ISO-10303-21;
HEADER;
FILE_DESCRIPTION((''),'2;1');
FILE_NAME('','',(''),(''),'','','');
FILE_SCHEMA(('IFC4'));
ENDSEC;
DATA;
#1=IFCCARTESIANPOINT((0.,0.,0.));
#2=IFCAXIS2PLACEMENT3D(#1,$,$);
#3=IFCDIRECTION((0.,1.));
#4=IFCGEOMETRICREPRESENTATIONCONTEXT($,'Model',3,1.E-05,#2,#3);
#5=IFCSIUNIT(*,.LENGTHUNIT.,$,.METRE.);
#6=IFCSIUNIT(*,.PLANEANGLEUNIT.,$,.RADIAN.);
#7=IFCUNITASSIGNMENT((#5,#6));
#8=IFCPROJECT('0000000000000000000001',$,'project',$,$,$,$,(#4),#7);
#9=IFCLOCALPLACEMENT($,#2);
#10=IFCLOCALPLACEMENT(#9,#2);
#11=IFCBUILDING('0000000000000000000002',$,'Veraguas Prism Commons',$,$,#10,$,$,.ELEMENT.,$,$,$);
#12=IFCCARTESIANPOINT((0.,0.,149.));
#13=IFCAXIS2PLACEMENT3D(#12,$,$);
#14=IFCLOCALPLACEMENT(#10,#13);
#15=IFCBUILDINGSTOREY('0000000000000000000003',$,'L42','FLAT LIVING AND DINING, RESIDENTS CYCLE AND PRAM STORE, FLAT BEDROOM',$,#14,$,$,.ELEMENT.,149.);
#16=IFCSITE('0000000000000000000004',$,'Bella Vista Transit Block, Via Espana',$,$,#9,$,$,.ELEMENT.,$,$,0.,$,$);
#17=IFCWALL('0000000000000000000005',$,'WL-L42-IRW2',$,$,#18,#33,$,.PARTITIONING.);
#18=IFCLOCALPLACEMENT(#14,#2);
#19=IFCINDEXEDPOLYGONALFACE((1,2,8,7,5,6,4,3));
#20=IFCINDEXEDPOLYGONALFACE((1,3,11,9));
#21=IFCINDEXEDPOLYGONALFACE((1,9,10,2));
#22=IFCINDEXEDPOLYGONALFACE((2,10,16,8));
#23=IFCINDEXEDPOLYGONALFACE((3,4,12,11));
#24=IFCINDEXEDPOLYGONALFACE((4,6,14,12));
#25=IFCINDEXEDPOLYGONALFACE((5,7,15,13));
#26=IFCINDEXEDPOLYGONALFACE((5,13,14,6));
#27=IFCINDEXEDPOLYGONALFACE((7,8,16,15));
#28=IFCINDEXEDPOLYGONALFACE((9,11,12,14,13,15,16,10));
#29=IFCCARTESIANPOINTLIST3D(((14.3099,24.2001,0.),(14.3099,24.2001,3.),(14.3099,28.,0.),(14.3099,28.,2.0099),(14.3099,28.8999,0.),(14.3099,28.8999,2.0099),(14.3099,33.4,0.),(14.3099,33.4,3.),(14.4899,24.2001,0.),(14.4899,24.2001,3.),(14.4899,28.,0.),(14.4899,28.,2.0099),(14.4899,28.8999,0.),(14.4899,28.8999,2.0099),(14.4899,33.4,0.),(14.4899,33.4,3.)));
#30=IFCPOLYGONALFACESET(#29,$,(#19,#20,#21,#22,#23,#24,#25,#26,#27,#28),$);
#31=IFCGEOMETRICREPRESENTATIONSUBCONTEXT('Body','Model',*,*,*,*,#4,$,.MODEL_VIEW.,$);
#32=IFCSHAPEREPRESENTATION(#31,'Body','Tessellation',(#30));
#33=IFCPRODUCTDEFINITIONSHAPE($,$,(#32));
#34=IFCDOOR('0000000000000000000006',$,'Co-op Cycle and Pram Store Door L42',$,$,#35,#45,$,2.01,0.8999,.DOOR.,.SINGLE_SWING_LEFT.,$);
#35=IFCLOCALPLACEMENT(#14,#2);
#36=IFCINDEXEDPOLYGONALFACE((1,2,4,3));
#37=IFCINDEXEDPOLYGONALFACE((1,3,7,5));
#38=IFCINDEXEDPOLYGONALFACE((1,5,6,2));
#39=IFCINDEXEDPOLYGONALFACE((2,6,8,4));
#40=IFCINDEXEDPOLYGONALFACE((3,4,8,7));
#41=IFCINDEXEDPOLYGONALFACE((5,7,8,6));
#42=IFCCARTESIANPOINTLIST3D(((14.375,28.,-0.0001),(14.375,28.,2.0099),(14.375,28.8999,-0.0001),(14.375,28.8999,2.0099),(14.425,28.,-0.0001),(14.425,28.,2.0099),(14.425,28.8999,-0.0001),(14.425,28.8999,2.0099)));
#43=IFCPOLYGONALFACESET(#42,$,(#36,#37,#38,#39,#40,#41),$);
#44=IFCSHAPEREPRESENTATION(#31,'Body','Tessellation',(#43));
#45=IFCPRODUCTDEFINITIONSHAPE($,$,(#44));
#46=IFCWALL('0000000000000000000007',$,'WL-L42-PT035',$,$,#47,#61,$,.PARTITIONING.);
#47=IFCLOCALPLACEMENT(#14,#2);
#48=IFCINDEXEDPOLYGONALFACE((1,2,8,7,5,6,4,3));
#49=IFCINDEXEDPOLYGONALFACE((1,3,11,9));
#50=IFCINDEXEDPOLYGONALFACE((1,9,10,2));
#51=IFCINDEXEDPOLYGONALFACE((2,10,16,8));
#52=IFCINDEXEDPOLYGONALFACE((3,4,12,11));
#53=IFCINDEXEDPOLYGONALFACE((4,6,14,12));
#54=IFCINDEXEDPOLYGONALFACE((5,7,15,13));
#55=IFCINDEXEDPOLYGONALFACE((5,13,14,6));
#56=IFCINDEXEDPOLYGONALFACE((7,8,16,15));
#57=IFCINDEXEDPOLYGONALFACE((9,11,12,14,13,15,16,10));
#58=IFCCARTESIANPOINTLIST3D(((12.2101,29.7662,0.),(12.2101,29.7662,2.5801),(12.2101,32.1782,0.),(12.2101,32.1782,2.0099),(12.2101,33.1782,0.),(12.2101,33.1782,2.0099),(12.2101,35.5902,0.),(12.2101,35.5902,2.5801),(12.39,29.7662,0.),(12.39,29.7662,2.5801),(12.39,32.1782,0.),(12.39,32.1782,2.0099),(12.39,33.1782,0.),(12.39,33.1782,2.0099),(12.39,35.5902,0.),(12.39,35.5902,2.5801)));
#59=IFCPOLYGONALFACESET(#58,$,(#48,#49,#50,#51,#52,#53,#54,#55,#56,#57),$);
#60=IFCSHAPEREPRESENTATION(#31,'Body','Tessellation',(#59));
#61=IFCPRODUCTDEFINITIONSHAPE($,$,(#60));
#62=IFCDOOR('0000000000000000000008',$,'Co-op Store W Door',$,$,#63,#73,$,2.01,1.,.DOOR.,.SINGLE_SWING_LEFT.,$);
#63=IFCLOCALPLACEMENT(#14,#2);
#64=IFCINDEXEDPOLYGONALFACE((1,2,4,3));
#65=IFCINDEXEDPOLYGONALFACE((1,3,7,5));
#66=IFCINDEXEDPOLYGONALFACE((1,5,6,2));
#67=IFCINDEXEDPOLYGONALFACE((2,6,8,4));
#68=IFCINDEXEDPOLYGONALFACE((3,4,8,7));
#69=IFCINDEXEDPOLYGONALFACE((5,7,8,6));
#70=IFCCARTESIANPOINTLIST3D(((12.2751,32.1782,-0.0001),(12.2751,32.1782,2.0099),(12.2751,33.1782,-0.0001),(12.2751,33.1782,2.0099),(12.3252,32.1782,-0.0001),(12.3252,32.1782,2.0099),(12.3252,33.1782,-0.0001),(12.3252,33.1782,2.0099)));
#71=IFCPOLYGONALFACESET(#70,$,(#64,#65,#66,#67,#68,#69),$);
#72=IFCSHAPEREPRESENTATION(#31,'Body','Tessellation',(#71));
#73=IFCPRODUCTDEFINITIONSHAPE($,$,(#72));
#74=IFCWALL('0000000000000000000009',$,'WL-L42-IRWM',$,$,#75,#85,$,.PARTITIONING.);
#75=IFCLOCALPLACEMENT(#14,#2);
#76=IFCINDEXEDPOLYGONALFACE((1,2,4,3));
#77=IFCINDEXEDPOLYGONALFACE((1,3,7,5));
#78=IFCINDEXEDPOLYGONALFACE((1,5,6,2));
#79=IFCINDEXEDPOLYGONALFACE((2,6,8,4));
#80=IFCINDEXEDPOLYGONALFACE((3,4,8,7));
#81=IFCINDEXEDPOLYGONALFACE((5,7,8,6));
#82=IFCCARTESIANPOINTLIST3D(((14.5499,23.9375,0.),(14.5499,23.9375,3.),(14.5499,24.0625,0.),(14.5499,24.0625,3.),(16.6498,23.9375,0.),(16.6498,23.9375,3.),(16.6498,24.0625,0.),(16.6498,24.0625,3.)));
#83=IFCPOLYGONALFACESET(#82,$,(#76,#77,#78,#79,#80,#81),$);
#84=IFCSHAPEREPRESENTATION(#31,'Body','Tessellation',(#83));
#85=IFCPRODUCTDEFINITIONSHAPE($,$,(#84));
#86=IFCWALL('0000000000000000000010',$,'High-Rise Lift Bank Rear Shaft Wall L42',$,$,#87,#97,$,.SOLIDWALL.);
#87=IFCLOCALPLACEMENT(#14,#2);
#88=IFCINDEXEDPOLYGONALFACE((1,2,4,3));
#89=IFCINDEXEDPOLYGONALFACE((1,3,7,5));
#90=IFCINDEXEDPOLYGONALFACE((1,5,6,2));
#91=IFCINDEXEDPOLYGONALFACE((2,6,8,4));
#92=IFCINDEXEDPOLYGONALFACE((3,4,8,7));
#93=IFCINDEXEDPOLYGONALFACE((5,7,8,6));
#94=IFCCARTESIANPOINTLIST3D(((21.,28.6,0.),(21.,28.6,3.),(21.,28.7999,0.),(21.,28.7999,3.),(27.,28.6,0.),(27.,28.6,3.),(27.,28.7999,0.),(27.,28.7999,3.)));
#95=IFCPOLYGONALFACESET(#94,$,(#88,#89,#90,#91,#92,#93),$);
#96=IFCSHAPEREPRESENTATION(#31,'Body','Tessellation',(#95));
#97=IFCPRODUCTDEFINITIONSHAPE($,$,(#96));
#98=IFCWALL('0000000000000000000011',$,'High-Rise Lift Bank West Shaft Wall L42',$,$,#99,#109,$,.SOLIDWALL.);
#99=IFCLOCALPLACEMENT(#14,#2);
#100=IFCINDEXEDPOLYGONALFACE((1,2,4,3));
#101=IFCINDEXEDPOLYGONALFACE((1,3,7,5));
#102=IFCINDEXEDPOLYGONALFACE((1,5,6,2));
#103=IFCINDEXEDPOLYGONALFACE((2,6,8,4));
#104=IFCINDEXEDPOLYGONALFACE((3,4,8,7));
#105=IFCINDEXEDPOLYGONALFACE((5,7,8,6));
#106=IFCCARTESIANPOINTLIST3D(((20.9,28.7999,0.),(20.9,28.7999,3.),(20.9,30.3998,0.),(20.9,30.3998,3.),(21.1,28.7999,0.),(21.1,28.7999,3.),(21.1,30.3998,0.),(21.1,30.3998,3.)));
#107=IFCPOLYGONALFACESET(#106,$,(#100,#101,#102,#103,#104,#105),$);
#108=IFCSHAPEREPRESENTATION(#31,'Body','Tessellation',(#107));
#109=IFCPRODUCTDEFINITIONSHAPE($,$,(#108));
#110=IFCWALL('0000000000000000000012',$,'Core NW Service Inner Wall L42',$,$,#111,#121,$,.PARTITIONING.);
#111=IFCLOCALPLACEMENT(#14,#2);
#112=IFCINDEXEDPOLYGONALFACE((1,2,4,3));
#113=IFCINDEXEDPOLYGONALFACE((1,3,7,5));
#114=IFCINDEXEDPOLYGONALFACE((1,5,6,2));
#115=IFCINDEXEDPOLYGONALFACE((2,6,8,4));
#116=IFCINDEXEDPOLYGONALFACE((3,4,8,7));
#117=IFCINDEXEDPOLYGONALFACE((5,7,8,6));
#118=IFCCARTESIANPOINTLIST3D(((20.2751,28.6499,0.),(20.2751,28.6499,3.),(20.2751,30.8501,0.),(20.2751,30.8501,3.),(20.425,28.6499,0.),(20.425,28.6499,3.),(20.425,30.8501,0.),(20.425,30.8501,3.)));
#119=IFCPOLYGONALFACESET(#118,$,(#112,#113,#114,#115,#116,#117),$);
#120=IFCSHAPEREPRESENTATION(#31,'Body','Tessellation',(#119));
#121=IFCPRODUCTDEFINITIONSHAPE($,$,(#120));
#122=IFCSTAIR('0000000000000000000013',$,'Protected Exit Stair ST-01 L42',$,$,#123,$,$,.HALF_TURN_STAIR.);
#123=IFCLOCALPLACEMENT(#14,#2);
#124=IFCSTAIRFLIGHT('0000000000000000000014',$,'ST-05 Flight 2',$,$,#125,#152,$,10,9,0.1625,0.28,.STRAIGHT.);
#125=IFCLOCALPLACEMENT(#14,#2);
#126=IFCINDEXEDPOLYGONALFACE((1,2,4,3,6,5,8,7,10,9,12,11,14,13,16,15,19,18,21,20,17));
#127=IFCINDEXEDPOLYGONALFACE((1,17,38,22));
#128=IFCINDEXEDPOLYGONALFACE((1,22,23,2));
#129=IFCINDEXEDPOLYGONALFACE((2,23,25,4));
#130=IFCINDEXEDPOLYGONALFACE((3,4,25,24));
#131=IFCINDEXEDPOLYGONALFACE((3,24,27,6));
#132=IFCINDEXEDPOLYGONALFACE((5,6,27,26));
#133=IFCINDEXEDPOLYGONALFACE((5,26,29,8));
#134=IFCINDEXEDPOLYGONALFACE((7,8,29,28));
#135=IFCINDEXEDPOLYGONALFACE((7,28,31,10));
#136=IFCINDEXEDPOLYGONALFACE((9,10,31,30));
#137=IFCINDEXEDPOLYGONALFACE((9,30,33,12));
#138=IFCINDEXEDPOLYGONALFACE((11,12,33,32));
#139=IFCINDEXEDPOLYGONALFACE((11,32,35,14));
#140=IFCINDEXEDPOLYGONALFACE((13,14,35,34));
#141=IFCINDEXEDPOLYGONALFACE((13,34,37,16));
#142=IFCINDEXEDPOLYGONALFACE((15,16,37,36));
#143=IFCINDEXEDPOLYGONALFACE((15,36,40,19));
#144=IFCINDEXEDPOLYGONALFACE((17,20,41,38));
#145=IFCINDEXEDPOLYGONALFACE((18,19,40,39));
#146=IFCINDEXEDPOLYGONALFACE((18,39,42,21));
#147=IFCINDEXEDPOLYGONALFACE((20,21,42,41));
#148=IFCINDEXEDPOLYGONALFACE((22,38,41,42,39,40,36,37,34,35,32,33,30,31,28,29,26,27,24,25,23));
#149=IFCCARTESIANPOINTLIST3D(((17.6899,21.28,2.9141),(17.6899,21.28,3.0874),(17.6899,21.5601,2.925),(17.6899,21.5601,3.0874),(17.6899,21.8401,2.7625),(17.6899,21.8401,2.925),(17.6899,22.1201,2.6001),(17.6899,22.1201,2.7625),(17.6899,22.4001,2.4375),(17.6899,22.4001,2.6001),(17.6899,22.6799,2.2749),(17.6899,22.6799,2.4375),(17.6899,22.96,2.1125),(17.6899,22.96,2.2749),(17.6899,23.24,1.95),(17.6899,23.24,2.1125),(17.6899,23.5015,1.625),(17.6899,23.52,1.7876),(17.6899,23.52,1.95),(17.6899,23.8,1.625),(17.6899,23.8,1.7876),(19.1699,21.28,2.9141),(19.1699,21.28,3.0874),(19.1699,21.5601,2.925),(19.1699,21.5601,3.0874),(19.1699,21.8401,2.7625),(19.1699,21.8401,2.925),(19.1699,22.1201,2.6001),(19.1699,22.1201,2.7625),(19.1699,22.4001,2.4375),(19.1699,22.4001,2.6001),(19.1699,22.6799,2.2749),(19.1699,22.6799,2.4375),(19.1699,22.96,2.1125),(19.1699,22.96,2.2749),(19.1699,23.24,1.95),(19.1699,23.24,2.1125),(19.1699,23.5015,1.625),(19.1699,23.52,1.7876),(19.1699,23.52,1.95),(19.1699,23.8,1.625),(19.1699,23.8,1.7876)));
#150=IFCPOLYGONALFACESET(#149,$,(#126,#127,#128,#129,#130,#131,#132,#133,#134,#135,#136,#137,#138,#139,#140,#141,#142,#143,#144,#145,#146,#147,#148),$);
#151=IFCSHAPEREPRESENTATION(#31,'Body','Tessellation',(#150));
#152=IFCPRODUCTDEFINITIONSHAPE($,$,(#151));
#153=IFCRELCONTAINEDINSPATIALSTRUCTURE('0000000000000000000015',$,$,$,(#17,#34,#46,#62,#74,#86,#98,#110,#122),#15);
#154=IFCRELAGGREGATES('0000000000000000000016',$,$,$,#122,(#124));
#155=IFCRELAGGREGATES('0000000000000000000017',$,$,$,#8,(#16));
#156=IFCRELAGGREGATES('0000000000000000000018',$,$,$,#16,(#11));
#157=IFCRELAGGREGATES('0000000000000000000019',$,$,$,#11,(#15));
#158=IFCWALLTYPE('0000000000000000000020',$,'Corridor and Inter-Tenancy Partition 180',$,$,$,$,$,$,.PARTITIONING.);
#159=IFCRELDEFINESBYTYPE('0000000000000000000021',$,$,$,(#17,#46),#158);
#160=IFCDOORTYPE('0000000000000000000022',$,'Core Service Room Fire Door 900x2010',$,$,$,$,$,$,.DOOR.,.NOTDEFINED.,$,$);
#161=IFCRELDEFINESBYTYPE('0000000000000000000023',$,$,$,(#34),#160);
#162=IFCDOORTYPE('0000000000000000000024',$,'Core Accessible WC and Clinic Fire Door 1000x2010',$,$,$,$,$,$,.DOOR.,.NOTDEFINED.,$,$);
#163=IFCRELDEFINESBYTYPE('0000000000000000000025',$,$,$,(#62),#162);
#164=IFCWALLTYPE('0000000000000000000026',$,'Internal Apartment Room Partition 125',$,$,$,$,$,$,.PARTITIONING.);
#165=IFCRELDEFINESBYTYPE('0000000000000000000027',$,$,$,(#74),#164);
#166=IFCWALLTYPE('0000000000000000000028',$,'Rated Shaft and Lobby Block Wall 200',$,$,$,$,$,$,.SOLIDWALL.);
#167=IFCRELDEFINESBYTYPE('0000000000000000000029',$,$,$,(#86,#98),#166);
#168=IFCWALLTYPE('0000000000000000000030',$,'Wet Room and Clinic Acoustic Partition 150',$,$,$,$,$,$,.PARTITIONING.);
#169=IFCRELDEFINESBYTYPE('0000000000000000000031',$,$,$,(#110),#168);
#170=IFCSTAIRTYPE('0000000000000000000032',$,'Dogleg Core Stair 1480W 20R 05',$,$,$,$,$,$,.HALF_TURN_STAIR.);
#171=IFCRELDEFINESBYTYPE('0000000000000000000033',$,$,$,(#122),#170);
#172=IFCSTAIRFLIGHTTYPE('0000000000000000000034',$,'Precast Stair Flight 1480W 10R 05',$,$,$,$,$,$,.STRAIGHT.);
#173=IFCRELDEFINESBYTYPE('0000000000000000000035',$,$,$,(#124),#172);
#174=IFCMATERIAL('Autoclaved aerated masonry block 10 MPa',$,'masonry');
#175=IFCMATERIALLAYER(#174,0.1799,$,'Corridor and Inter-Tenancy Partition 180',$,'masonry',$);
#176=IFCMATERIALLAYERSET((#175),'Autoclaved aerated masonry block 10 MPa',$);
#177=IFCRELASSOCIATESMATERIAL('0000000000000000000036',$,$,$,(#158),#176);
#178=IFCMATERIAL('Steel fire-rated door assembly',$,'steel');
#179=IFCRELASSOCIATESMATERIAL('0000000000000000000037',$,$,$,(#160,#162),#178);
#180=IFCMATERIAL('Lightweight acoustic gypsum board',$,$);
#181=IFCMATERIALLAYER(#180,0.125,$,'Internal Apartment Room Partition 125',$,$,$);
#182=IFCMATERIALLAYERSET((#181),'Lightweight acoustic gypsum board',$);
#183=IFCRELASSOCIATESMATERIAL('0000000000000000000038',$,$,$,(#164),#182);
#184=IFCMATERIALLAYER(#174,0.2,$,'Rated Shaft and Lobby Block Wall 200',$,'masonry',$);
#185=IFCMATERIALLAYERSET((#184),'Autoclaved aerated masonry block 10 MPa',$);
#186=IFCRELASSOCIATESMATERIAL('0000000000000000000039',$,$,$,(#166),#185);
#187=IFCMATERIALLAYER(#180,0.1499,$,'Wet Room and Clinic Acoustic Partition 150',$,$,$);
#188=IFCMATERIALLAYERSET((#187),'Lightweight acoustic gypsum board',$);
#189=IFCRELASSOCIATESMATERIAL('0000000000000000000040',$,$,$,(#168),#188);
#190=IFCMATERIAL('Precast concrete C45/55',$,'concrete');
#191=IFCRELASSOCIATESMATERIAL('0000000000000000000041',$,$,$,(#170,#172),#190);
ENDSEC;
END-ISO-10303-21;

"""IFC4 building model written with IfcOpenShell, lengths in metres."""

from ifc_helpers import new_model, si_unit, direction, frame, frame_2d, origin, place, context, subcontext, project, spatial, polyline, rectangle, outline, extrude, source, transform, mapped, material, layer, layer_set, type_object, element, fill, aggregate, save


model = new_model("IFC4")

# Units and contexts
model_context = context("Model", 3, precision=1e-05, world=origin(), true_north=direction((0.0, 1.0)))
body_context = subcontext(model_context, "Body", "Model", "MODEL_VIEW")
ifc_project = project(units=[si_unit("LENGTHUNIT", "METRE"), si_unit("PLANEANGLEUNIT", "RADIAN")], contexts=[model_context])

# Site, building, storey
site_placement = place(None, origin())
site = spatial("IfcSite", under=ifc_project, at=site_placement, Name="Bella Vista Transit Block, Via Espana", CompositionType="ELEMENT", RefElevation=0.0)
building_placement = place(site_placement, origin())
building = spatial("IfcBuilding", under=site, at=building_placement, Name="Veraguas Prism Commons", CompositionType="ELEMENT")
storey_placement = place(building_placement, frame((0.0, 0.0, 149.0)))
storey = spatial("IfcBuildingStorey", under=building, at=storey_placement, Name="L42", Description="FLAT LIVING AND DINING, RESIDENTS CYCLE AND PRAM STORE, FLAT BEDROOM", CompositionType="ELEMENT", Elevation=149.0)

# Walls, openings, doors
ifc_material_1 = material(Name="Steel fire-rated door assembly", Category="steel")
ifc_material_2 = material(Name="Autoclaved aerated masonry block 10 MPa", Category="masonry")
ifc_layer_1 = layer(ifc_material_2, 0.1799, Name="Corridor and Inter-Tenancy Partition 180", Category="masonry")
ifc_layer_set_1 = layer_set([ifc_layer_1], Name="Autoclaved aerated masonry block 10 MPa")
wall_type_1 = type_object("IfcWallType", Name="Corridor and Inter-Tenancy Partition 180", PredefinedType="PARTITIONING", material=ifc_layer_set_1)
wall_1_placement = place(storey_placement, frame((14.3999, 24.2, 0.0), z_axis=(0.0, 0.0, 1.0), x_axis=(0.0, 1.0, 0.0)))
wall_1 = element("IfcWall", 1, at=wall_1_placement, inside=storey, type_object=wall_type_1, Name="WL-L42-IRW2", PredefinedType="PARTITIONING", context=body_context, shape_type="SweptSolid", body=[
    extrude(rectangle(XDim=9.2, YDim=0.1799, at=frame_2d((4.6001, 0.0))), origin(), (0.0, 0.0, 1.0), 3.0),
])
opening_1_placement = place(wall_1_placement, frame((3.8, 0.0, 0.0)))
opening_1 = element("IfcOpeningElement", 2, at=opening_1_placement, cuts=wall_1, PredefinedType="OPENING", context=body_context, shape_type="SweptSolid", body=[
    extrude(rectangle(XDim=0.8999, YDim=2.01, at=frame_2d((0.45, 1.0049))), frame((0.0, 0.0999, 0.0), z_axis=(0.0, -1.0, 0.0), x_axis=(1.0, 0.0, 0.0)), (0.0, 0.0, 1.0), 0.2),
])
door_type_1 = type_object("IfcDoorType", Name="Core Service Room Fire Door 900x2010", OperationType="NOTDEFINED", PredefinedType="DOOR", material=ifc_material_1)
shared_shape_1 = source(origin(), body_context, "Body", "SweptSolid", [
    extrude(rectangle(XDim=0.8999, YDim=2.01, at=frame_2d((0.45, 1.0049))), frame((0.0, 0.0249, 0.0), z_axis=(0.0, -1.0, 0.0), x_axis=(1.0, 0.0, 0.0)), (0.0, 0.0, 1.0), 0.05),
])
door_1_placement = place(opening_1_placement, origin())
door_1 = element("IfcDoor", 3, at=door_1_placement, inside=storey, type_object=door_type_1, Name="Co-op Cycle and Pram Store Door L42", OperationType="SINGLE_SWING_LEFT", OverallHeight=2.01, OverallWidth=0.8999, PredefinedType="DOOR", context=body_context, shape_type="MappedRepresentation", body=[
    mapped(shared_shape_1, transform((0.0, 0.0, 0.0), scale=1.0)),
])
fill(opening_1, door_1)
wall_2_placement = place(storey_placement, frame((12.3, 29.7661, 0.0), z_axis=(0.0, 0.0, 1.0), x_axis=(0.0, 1.0, 0.0)))
wall_2 = element("IfcWall", 4, at=wall_2_placement, inside=storey, type_object=wall_type_1, Name="WL-L42-PT035", PredefinedType="PARTITIONING", context=body_context, shape_type="SweptSolid", body=[
    extrude(rectangle(XDim=5.824, YDim=0.1799, at=frame_2d((2.9121, 0.0))), origin(), (0.0, 0.0, 1.0), 2.5801),
])
opening_2_placement = place(wall_2_placement, frame((2.4121, 0.0, 0.0)))
opening_2 = element("IfcOpeningElement", 5, at=opening_2_placement, cuts=wall_2, PredefinedType="OPENING", context=body_context, shape_type="SweptSolid", body=[
    extrude(rectangle(XDim=1.0, YDim=2.01, at=frame_2d((0.5, 1.0049))), frame((0.0, 0.0999, 0.0), z_axis=(0.0, -1.0, 0.0), x_axis=(1.0, 0.0, 0.0)), (0.0, 0.0, 1.0), 0.2),
])
door_type_2 = type_object("IfcDoorType", Name="Core Accessible WC and Clinic Fire Door 1000x2010", OperationType="NOTDEFINED", PredefinedType="DOOR", material=ifc_material_1)
shared_shape_2 = source(origin(), body_context, "Body", "SweptSolid", [
    extrude(rectangle(XDim=1.0, YDim=2.01, at=frame_2d((0.5, 1.0049))), frame((0.0, 0.0249, 0.0), z_axis=(0.0, -1.0, 0.0), x_axis=(1.0, 0.0, 0.0)), (0.0, 0.0, 1.0), 0.05),
])
door_2_placement = place(opening_2_placement, origin())
door_2 = element("IfcDoor", 6, at=door_2_placement, inside=storey, type_object=door_type_2, Name="Co-op Store W Door", OperationType="SINGLE_SWING_LEFT", OverallHeight=2.01, OverallWidth=1.0, PredefinedType="DOOR", context=body_context, shape_type="MappedRepresentation", body=[
    mapped(shared_shape_2, transform((0.0, 0.0, 0.0), scale=1.0)),
])
fill(opening_2, door_2)

# Walls
ifc_material_3 = material(Name="Lightweight acoustic gypsum board")
ifc_layer_2 = layer(ifc_material_3, 0.125, Name="Internal Apartment Room Partition 125")
ifc_layer_set_2 = layer_set([ifc_layer_2], Name="Lightweight acoustic gypsum board")
wall_type_2 = type_object("IfcWallType", Name="Internal Apartment Room Partition 125", PredefinedType="PARTITIONING", material=ifc_layer_set_2)
wall_3_placement = place(storey_placement, frame((14.55, 24.0, 0.0), z_axis=(0.0, 0.0, 1.0), x_axis=(1.0, 0.0, 0.0)))
element("IfcWall", 7, at=wall_3_placement, inside=storey, type_object=wall_type_2, Name="WL-L42-IRWM", PredefinedType="PARTITIONING", context=body_context, shape_type="SweptSolid", body=[
    extrude(rectangle(XDim=2.0999, YDim=0.125, at=frame_2d((1.0498, 0.0))), origin(), (0.0, 0.0, 1.0), 3.0),
])
ifc_layer_3 = layer(ifc_material_2, 0.2, Name="Rated Shaft and Lobby Block Wall 200", Category="masonry")
ifc_layer_set_3 = layer_set([ifc_layer_3], Name="Autoclaved aerated masonry block 10 MPa")
wall_type_3 = type_object("IfcWallType", Name="Rated Shaft and Lobby Block Wall 200", PredefinedType="SOLIDWALL", material=ifc_layer_set_3)
wall_4_placement = place(storey_placement, frame((21.0, 28.7, 0.0), z_axis=(0.0, 0.0, 1.0), x_axis=(1.0, 0.0, 0.0)))
element("IfcWall", 8, at=wall_4_placement, inside=storey, type_object=wall_type_3, Name="High-Rise Lift Bank Rear Shaft Wall L42", PredefinedType="SOLIDWALL", context=body_context, shape_type="SweptSolid", body=[
    extrude(rectangle(XDim=6.0, YDim=0.2, at=frame_2d((3.0, 0.0))), origin(), (0.0, 0.0, 1.0), 3.0),
])
wall_5_placement = place(storey_placement, frame((21.0, 28.8, 0.0), z_axis=(0.0, 0.0, 1.0), x_axis=(0.0, 1.0, 0.0)))
element("IfcWall", 9, at=wall_5_placement, inside=storey, type_object=wall_type_3, Name="High-Rise Lift Bank West Shaft Wall L42", PredefinedType="SOLIDWALL", context=body_context, shape_type="SweptSolid", body=[
    extrude(rectangle(XDim=1.5999, YDim=0.2, at=frame_2d((0.7998, 0.0))), origin(), (0.0, 0.0, 1.0), 3.0),
])
ifc_layer_4 = layer(ifc_material_3, 0.1499, Name="Wet Room and Clinic Acoustic Partition 150")
ifc_layer_set_4 = layer_set([ifc_layer_4], Name="Lightweight acoustic gypsum board")
wall_type_4 = type_object("IfcWallType", Name="Wet Room and Clinic Acoustic Partition 150", PredefinedType="PARTITIONING", material=ifc_layer_set_4)
wall_6_placement = place(storey_placement, frame((20.3501, 28.6499, 0.0), z_axis=(0.0, 0.0, 1.0), x_axis=(0.0, 1.0, 0.0)))
element("IfcWall", 10, at=wall_6_placement, inside=storey, type_object=wall_type_4, Name="Core NW Service Inner Wall L42", PredefinedType="PARTITIONING", context=body_context, shape_type="SweptSolid", body=[
    extrude(rectangle(XDim=2.2002, YDim=0.1499, at=frame_2d((1.1001, 0.0))), origin(), (0.0, 0.0, 1.0), 3.0),
])

# Stair, stair flight
ifc_material_4 = material(Name="Precast concrete C45/55", Category="concrete")
stair_type = type_object("IfcStairType", Name="Dogleg Core Stair 1480W 20R 05", PredefinedType="HALF_TURN_STAIR", material=ifc_material_4)
stair_placement = place(storey_placement, origin())
stair = element("IfcStair", 11, at=stair_placement, inside=storey, type_object=stair_type, Name="Protected Exit Stair ST-01 L42", PredefinedType="HALF_TURN_STAIR")
stair_flight_type = type_object("IfcStairFlightType", Name="Precast Stair Flight 1480W 10R 05", PredefinedType="STRAIGHT", material=ifc_material_4)
stair_flight_placement = place(storey_placement, frame((18.4299, 23.8, 1.625), z_axis=(0.0, 0.0, 1.0), x_axis=(0.0, -1.0, 0.0)))
stair_flight = element("IfcStairFlight", 12, at=stair_flight_placement, type_object=stair_flight_type, Name="ST-05 Flight 2", NumberOfRisers=10, NumberOfTreads=9, PredefinedType="STRAIGHT", RiserHeight=0.1625, TreadLength=0.28, context=body_context, shape_type="SweptSolid", body=[
    extrude(outline(polyline([(0.0, 0.0), (0.0, 0.1626), (0.28, 0.1626), (0.28, 0.325), (0.5601, 0.325), (0.5601, 0.4875), (0.8401, 0.4875), (0.8401, 0.6499), (1.1201, 0.6499), (1.1201, 0.8125), (1.3999, 0.8125), (1.3999, 0.9751), (1.6799, 0.9751), (1.6799, 1.1375), (1.96, 1.1375), (1.96, 1.3), (2.24, 1.3), (2.24, 1.4624), (2.52, 1.4624), (2.52, 1.625), (2.52, 1.2891), (0.2986, 0.0), (0.0, 0.0)])), frame((0.0, 0.74, 0.0), z_axis=(0.0, -1.0, 0.0), x_axis=(1.0, 0.0, 0.0)), (0.0, 0.0, 1.0), 1.48),
])
aggregate(stair, [stair_flight])

save(model, "model.ifc")
